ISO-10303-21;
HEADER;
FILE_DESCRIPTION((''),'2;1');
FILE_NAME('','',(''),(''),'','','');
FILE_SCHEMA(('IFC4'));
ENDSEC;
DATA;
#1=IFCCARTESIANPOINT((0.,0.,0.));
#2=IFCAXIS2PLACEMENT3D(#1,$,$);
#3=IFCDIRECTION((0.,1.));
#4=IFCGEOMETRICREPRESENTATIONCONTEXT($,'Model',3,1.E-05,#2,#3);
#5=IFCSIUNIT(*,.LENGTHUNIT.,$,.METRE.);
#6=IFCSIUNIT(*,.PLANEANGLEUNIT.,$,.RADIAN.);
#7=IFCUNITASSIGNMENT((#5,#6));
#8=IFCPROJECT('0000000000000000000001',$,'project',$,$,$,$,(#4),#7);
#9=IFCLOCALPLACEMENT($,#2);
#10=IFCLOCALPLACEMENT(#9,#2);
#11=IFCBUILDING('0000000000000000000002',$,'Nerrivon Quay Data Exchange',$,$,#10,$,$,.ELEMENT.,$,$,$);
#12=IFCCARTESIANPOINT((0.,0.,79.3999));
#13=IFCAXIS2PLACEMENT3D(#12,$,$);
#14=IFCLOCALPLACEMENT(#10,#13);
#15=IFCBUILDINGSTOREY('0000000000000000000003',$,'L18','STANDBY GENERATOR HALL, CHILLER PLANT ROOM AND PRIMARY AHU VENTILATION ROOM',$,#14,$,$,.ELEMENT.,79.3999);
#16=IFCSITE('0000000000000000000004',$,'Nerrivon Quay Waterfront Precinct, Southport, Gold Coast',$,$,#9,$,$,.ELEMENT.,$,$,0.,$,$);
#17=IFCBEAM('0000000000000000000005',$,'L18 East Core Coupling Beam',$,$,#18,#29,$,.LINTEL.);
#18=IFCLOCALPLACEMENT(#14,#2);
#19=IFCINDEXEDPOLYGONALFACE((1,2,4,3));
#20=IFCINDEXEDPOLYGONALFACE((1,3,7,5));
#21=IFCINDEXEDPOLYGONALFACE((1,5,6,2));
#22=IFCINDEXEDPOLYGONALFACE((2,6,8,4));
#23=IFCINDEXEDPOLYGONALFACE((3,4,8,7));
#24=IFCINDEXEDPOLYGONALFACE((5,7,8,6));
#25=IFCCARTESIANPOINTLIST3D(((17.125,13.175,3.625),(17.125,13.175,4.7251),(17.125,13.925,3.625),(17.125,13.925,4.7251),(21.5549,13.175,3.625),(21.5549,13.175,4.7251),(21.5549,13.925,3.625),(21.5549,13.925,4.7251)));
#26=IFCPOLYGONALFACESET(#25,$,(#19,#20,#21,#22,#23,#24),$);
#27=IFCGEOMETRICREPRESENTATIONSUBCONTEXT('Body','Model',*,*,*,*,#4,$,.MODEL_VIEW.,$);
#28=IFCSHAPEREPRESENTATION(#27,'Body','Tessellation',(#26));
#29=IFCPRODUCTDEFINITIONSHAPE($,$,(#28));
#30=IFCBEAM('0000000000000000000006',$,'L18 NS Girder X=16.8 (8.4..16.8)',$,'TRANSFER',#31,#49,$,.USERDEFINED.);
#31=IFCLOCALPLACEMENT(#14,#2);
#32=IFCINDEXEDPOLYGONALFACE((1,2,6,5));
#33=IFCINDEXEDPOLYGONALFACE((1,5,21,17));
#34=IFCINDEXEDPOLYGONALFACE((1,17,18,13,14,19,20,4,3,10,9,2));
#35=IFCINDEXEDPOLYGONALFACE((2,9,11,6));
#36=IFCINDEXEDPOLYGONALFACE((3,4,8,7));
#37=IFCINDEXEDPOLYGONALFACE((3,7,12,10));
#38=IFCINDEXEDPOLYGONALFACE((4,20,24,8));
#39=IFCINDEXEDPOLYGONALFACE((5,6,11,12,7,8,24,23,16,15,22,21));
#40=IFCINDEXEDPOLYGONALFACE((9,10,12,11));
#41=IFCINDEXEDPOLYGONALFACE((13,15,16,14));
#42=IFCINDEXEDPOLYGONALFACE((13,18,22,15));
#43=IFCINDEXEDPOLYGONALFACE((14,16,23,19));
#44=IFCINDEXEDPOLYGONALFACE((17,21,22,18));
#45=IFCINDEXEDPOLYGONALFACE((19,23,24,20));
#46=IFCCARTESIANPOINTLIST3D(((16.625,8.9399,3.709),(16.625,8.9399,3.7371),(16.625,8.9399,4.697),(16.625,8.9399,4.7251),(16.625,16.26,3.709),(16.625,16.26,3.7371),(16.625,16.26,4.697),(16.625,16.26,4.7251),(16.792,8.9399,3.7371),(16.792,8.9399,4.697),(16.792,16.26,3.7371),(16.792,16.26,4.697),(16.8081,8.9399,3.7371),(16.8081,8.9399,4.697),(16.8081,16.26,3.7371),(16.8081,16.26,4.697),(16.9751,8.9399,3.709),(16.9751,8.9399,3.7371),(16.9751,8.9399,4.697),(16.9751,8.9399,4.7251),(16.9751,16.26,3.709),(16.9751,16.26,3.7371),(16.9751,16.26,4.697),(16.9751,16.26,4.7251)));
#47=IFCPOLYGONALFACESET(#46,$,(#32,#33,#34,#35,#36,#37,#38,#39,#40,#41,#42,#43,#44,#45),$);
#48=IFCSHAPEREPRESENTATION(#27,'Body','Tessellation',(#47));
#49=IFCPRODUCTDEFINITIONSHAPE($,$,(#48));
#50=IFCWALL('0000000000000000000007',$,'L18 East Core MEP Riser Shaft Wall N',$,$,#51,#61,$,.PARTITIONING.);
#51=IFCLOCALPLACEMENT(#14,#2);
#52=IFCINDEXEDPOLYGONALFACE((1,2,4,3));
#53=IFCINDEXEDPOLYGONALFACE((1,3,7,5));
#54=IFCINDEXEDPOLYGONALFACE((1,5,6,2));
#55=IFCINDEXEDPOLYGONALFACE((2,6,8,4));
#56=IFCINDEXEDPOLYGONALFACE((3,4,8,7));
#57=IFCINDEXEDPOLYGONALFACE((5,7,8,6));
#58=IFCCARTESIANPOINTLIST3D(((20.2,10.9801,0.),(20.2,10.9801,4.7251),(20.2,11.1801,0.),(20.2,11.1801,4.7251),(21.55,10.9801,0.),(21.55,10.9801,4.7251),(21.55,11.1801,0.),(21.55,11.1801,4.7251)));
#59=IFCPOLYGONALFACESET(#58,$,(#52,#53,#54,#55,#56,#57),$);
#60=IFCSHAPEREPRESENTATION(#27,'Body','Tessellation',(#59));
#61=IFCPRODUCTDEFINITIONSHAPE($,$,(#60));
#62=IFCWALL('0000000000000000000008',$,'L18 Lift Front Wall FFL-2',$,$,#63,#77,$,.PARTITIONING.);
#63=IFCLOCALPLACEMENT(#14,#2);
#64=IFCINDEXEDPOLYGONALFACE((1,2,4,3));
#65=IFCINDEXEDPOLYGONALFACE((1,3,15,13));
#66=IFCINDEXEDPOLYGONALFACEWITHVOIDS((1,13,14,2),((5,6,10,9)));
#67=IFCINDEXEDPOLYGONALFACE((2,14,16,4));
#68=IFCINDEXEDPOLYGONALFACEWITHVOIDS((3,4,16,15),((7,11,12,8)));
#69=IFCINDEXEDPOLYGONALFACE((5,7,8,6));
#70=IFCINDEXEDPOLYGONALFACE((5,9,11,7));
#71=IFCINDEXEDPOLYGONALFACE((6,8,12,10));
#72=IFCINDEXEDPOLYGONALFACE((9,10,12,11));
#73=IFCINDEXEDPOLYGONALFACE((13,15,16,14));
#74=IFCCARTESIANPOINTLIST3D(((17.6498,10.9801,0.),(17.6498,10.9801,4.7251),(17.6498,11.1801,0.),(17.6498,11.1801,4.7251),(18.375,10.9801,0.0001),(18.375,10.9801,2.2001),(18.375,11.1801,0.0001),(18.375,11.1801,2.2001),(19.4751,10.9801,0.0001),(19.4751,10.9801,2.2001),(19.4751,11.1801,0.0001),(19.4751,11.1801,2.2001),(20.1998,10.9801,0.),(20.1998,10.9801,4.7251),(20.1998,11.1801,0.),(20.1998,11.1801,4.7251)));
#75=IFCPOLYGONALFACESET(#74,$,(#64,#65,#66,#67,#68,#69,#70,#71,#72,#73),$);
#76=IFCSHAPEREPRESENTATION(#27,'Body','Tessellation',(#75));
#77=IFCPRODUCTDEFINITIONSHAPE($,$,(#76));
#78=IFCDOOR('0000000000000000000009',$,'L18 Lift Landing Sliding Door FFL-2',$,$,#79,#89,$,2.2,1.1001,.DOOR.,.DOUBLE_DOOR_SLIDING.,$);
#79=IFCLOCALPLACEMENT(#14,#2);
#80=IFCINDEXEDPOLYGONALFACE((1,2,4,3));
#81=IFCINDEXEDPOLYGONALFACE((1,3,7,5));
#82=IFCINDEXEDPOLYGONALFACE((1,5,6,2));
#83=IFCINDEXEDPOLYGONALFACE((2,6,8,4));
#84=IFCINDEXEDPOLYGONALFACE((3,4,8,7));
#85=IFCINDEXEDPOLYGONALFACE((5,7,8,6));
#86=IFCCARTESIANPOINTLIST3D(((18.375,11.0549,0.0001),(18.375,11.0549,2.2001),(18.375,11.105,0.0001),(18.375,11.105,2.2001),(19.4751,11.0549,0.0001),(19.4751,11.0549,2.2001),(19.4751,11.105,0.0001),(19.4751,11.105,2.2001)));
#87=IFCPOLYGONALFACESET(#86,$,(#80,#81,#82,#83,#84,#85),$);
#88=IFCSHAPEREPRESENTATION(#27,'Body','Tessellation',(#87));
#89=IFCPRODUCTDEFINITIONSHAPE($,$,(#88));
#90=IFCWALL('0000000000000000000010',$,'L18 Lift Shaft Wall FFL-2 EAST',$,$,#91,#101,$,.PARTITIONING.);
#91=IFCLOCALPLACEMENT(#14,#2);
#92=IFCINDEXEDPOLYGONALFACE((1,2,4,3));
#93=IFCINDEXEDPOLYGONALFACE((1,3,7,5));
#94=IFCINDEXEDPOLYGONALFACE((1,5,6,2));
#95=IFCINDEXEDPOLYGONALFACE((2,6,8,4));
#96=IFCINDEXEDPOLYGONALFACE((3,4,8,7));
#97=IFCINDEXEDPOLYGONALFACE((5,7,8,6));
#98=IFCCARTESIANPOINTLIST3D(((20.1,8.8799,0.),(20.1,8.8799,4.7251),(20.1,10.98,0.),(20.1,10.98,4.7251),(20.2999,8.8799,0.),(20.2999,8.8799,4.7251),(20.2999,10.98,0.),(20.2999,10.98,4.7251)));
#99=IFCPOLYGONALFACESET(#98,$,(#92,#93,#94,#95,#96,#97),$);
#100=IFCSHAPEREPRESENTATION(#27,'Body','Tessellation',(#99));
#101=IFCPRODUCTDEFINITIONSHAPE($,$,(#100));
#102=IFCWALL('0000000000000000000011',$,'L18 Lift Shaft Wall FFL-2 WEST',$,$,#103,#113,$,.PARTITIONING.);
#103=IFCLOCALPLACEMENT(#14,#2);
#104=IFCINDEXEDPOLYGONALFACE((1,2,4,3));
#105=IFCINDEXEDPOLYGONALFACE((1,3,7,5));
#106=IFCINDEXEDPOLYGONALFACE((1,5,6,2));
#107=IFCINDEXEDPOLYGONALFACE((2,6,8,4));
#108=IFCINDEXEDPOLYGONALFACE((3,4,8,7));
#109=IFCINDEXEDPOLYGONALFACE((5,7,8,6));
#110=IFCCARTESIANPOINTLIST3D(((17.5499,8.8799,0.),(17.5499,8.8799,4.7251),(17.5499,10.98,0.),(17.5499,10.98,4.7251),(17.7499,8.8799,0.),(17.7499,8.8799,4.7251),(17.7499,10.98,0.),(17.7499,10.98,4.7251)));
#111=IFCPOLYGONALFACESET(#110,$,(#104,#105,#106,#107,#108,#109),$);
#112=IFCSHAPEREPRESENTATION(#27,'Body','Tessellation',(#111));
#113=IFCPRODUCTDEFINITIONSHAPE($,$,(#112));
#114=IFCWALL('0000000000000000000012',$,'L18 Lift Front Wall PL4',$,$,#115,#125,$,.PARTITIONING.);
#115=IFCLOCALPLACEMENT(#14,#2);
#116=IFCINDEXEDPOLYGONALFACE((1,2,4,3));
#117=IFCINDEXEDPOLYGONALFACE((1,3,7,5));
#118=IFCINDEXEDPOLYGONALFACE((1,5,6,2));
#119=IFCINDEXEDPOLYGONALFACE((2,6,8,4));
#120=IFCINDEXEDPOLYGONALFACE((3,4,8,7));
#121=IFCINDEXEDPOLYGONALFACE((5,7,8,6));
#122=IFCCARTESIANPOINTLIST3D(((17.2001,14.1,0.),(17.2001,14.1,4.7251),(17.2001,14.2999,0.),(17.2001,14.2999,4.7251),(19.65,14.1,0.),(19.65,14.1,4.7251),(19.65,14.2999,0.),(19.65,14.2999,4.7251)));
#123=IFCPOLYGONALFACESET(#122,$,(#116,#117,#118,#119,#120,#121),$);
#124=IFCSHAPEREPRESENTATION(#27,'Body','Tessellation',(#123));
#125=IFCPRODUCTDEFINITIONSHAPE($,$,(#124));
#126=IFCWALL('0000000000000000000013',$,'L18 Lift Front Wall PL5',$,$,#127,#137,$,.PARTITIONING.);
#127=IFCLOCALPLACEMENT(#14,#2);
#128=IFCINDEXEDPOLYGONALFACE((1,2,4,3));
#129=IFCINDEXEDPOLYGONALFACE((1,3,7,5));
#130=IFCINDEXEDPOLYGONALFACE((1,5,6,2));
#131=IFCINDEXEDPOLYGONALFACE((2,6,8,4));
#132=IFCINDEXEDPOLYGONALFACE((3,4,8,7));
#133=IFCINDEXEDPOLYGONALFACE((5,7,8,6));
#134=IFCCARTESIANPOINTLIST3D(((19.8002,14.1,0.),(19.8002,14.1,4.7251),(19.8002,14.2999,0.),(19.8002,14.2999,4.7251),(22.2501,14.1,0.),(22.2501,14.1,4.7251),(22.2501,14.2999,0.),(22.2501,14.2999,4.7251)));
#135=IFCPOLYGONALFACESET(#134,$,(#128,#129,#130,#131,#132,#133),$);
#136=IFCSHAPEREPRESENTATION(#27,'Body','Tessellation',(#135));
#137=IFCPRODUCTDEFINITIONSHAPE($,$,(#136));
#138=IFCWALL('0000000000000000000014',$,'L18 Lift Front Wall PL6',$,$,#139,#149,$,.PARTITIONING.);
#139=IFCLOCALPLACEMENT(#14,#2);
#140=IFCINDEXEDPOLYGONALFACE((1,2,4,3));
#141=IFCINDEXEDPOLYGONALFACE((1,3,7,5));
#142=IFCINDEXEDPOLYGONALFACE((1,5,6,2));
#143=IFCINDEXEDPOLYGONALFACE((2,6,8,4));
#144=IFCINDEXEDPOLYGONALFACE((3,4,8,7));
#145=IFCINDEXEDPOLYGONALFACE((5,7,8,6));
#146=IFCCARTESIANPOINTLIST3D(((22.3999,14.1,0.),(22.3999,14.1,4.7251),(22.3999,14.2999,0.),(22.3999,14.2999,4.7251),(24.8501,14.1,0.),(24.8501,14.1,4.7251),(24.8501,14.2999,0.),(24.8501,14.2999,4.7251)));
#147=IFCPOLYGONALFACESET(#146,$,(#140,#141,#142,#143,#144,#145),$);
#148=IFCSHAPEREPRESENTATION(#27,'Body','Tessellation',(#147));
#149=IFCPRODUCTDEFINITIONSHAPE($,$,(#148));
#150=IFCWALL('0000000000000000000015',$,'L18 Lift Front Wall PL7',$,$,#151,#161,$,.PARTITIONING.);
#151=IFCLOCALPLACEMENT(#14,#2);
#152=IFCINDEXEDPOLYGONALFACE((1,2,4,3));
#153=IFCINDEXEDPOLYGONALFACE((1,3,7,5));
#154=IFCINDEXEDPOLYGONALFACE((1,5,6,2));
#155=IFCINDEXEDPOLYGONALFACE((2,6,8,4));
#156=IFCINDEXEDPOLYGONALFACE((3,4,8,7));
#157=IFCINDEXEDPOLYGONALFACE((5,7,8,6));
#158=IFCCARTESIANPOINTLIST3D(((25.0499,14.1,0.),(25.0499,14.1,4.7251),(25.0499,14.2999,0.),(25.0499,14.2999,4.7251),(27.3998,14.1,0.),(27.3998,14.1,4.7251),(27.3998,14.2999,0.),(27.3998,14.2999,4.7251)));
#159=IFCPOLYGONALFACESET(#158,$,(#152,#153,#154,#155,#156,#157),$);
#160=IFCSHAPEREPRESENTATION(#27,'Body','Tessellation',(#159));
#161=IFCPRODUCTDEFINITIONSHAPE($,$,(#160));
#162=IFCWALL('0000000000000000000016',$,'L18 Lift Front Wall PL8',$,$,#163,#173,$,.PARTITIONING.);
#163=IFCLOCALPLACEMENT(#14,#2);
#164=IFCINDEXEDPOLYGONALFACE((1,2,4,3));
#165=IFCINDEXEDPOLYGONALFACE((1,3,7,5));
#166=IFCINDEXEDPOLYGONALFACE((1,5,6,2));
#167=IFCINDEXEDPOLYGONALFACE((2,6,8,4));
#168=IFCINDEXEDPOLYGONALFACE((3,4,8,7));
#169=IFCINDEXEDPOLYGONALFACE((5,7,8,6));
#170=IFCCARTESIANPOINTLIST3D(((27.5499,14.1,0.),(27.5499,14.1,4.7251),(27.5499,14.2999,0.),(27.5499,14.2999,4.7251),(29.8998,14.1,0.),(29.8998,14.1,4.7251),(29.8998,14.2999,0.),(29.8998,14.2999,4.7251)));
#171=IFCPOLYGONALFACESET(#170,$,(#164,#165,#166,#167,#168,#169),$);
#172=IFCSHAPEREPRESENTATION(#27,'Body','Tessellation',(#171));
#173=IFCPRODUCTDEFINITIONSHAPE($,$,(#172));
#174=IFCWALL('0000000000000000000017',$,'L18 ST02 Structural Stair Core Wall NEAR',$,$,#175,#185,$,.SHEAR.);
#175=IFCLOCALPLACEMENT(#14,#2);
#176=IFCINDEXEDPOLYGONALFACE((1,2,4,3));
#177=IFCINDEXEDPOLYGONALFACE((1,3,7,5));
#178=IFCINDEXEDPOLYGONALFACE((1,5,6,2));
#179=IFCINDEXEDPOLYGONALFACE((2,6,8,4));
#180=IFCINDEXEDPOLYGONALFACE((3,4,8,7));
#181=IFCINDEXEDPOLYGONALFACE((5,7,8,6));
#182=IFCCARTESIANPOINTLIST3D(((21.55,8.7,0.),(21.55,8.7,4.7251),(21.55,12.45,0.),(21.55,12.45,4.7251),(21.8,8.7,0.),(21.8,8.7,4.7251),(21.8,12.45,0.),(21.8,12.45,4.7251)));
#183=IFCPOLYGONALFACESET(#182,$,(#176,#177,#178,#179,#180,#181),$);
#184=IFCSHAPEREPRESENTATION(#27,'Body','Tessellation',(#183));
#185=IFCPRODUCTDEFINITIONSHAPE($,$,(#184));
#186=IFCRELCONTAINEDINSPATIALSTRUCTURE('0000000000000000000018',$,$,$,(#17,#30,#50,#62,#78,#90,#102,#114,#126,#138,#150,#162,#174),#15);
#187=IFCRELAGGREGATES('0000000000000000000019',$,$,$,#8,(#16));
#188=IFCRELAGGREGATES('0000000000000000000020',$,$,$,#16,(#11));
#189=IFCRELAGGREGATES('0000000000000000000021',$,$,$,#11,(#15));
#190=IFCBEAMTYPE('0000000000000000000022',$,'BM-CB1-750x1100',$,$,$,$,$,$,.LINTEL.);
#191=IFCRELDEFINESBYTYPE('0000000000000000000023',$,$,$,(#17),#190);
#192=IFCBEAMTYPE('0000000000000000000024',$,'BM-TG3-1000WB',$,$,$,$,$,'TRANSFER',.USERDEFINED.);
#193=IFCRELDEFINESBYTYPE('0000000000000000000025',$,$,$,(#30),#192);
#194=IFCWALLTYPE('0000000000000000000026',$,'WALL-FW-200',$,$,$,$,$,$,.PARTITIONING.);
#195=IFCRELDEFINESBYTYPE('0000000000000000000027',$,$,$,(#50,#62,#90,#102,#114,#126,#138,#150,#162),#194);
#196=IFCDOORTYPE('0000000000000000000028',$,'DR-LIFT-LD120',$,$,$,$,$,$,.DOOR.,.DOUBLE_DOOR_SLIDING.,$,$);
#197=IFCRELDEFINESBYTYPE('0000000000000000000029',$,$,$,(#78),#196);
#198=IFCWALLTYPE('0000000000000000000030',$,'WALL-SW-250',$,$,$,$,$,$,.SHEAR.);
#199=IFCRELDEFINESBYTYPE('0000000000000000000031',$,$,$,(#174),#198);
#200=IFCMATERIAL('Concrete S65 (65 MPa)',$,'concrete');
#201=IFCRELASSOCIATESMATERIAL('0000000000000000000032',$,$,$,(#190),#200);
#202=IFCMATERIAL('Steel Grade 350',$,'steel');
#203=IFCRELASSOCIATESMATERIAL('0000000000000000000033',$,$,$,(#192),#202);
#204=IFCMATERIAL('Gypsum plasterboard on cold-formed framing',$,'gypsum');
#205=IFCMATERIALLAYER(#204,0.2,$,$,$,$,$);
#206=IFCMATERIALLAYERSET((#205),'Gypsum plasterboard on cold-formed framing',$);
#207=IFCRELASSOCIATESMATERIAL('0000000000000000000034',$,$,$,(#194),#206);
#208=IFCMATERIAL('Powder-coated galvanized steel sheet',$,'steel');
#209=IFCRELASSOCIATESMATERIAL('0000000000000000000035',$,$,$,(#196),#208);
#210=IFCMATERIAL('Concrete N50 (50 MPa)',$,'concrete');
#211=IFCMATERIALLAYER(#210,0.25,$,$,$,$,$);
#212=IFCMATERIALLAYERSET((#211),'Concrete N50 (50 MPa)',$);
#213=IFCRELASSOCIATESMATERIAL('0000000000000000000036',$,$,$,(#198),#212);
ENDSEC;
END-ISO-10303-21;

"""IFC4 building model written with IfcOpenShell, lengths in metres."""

from ifc_helpers import new_model, si_unit, direction, frame, frame_2d, origin, origin_2d, place, context, subcontext, project, spatial, rectangle, i_section, extrude, material, layer, layer_set, material_profile, profile_set, type_object, element, fill, save


model = new_model("IFC4")

# Units and contexts
model_context = context("Model", 3, precision=1e-05, world=origin(), true_north=direction((0.0, 1.0)))
body_context = subcontext(model_context, "Body", "Model", "MODEL_VIEW")
ifc_project = project(units=[si_unit("LENGTHUNIT", "METRE"), si_unit("PLANEANGLEUNIT", "RADIAN")], contexts=[model_context])

# Site, building, storey
site_placement = place(None, origin())
site = spatial("IfcSite", under=ifc_project, at=site_placement, Name="Nerrivon Quay Waterfront Precinct, Southport, Gold Coast", CompositionType="ELEMENT", RefElevation=0.0)
building_placement = place(site_placement, origin())
building = spatial("IfcBuilding", under=site, at=building_placement, Name="Nerrivon Quay Data Exchange", CompositionType="ELEMENT")
storey_placement = place(building_placement, frame((0.0, 0.0, 79.3999)))
storey = spatial("IfcBuildingStorey", under=building, at=storey_placement, Name="L18", Description="STANDBY GENERATOR HALL, CHILLER PLANT ROOM AND PRIMARY AHU VENTILATION ROOM", CompositionType="ELEMENT", Elevation=79.3999)

# Beams
ifc_material_1 = material(Name="Concrete S65 (65 MPa)", Category="concrete")
ifc_material_profile_1 = material_profile(ifc_material_1, rectangle(XDim=0.75, YDim=1.1001, at=origin_2d()), Name="RC-CB-750x1100")
ifc_profile_set_1 = profile_set([ifc_material_profile_1], Name="Concrete S65 (65 MPa)")
beam_type_1 = type_object("IfcBeamType", Name="BM-CB1-750x1100", PredefinedType="LINTEL", material=ifc_profile_set_1)
beam_1_placement = place(storey_placement, frame((17.125, 13.55, 4.175), z_axis=(1.0, 0.0, 0.0), x_axis=(0.0, 1.0, 0.0)))
element("IfcBeam", 1, at=beam_1_placement, inside=storey, type_object=beam_type_1, Name="L18 East Core Coupling Beam", PredefinedType="LINTEL", context=body_context, shape_type="SweptSolid", body=[
    extrude(rectangle(XDim=0.75, YDim=1.1001, at=origin_2d()), origin(), (0.0, 0.0, 1.0), 4.4299),
])
ifc_material_2 = material(Name="Steel Grade 350", Category="steel")
ifc_material_profile_2 = material_profile(ifc_material_2, i_section(OverallWidth=0.3501, OverallDepth=1.0161, WebThickness=0.0161, FlangeThickness=0.0281, at=origin_2d()), Name="1000WB258")
ifc_profile_set_2 = profile_set([ifc_material_profile_2], Name="Steel Grade 350")
beam_type_2 = type_object("IfcBeamType", Name="BM-TG3-1000WB", ElementType="TRANSFER", PredefinedType="USERDEFINED", material=ifc_profile_set_2)
beam_2_placement = place(storey_placement, frame((16.8, 8.9399, 4.217), z_axis=(0.0, 1.0, 0.0), x_axis=(-1.0, 0.0, 0.0)))
element("IfcBeam", 2, at=beam_2_placement, inside=storey, type_object=beam_type_2, Name="L18 NS Girder X=16.8 (8.4..16.8)", ObjectType="TRANSFER", PredefinedType="USERDEFINED", context=body_context, shape_type="SweptSolid", body=[
    extrude(i_section(OverallWidth=0.3501, OverallDepth=1.0161, WebThickness=0.0161, FlangeThickness=0.0281, at=origin_2d()), origin(), (0.0, 0.0, 1.0), 7.3201),
])

# Shared definitions
ifc_material_3 = material(Name="Powder-coated galvanized steel sheet", Category="steel")

# Wall
ifc_material_4 = material(Name="Gypsum plasterboard on cold-formed framing", Category="gypsum")
ifc_layer_1 = layer(ifc_material_4, 0.2)
ifc_layer_set_1 = layer_set([ifc_layer_1], Name="Gypsum plasterboard on cold-formed framing")
wall_type_1 = type_object("IfcWallType", Name="WALL-FW-200", PredefinedType="PARTITIONING", material=ifc_layer_set_1)
wall_1_placement = place(storey_placement, frame((20.2, 11.0801, 0.0), z_axis=(0.0, 0.0, 1.0), x_axis=(1.0, 0.0, 0.0)))
element("IfcWall", 3, at=wall_1_placement, inside=storey, type_object=wall_type_1, Name="L18 East Core MEP Riser Shaft Wall N", PredefinedType="PARTITIONING", context=body_context, shape_type="SweptSolid", body=[
    extrude(rectangle(XDim=1.3501, YDim=0.2, at=frame_2d((0.675, 0.0))), origin(), (0.0, 0.0, 1.0), 4.7251),
])

# Wall, opening, door
wall_2_placement = place(storey_placement, frame((17.6499, 11.0801, 0.0), z_axis=(0.0, 0.0, 1.0), x_axis=(1.0, 0.0, 0.0)))
wall_2 = element("IfcWall", 4, at=wall_2_placement, inside=storey, type_object=wall_type_1, Name="L18 Lift Front Wall FFL-2", PredefinedType="PARTITIONING", context=body_context, shape_type="SweptSolid", body=[
    extrude(rectangle(XDim=2.55, YDim=0.2, at=frame_2d((1.2749, 0.0))), origin(), (0.0, 0.0, 1.0), 4.7251),
])
opening_1_placement = place(wall_2_placement, frame((0.7251, 0.0, 0.0)))
opening_1 = element("IfcOpeningElement", 5, at=opening_1_placement, cuts=wall_2, PredefinedType="OPENING", context=body_context, shape_type="SweptSolid", body=[
    extrude(rectangle(XDim=1.1001, YDim=2.2, at=frame_2d((0.55, 1.1001))), frame((0.0, 0.1099, 0.0), z_axis=(0.0, -1.0, 0.0), x_axis=(1.0, 0.0, 0.0)), (0.0, 0.0, 1.0), 0.22),
])
door_type_1 = type_object("IfcDoorType", Name="DR-LIFT-LD120", OperationType="DOUBLE_DOOR_SLIDING", PredefinedType="DOOR", material=ifc_material_3)
door_1_placement = place(opening_1_placement, origin())
door_1 = element("IfcDoor", 6, at=door_1_placement, inside=storey, type_object=door_type_1, Name="L18 Lift Landing Sliding Door FFL-2", OperationType="DOUBLE_DOOR_SLIDING", OverallHeight=2.2, OverallWidth=1.1001, PredefinedType="DOOR", context=body_context, shape_type="SweptSolid", body=[
    extrude(rectangle(XDim=1.1001, YDim=2.2, at=frame_2d((0.55, 1.1001))), frame((0.0, 0.0249, 0.0), z_axis=(0.0, -1.0, 0.0), x_axis=(1.0, 0.0, 0.0)), (0.0, 0.0, 1.0), 0.05),
])
fill(opening_1, door_1)

# Walls
for number, where, z_axis, x_axis, name in (
    (7, (20.2, 8.8799, 0.0), (0.0, 0.0, 1.0), (0.0, 1.0, 0.0), "L18 Lift Shaft Wall FFL-2 EAST"),
    (8, (17.6499, 8.8799, 0.0), (0.0, 0.0, 1.0), (0.0, 1.0, 0.0), "L18 Lift Shaft Wall FFL-2 WEST"),
):
    element("IfcWall", number, at=place(storey_placement, frame(where, z_axis=z_axis, x_axis=x_axis)), inside=storey, type_object=wall_type_1, Name=name, PredefinedType="PARTITIONING", context=body_context, shape_type="SweptSolid", body=[
        extrude(rectangle(XDim=2.1001, YDim=0.2, at=frame_2d((1.05, 0.0))), origin(), (0.0, 0.0, 1.0), 4.7251),
    ])
for number, where, z_axis, x_axis, name in (
    (9, (17.2, 14.2, 0.0), (0.0, 0.0, 1.0), (1.0, 0.0, 0.0), "L18 Lift Front Wall PL4"),
    (10, (19.8, 14.2, 0.0), (0.0, 0.0, 1.0), (1.0, 0.0, 0.0), "L18 Lift Front Wall PL5"),
):
    element("IfcWall", number, at=place(storey_placement, frame(where, z_axis=z_axis, x_axis=x_axis)), inside=storey, type_object=wall_type_1, Name=name, PredefinedType="PARTITIONING", context=body_context, shape_type="SweptSolid", body=[
        extrude(rectangle(XDim=2.45, YDim=0.2, at=frame_2d((1.2251, 0.0))), origin(), (0.0, 0.0, 1.0), 4.7251),
    ])
wall_3_placement = place(storey_placement, frame((22.3999, 14.2, 0.0), z_axis=(0.0, 0.0, 1.0), x_axis=(1.0, 0.0, 0.0)))
element("IfcWall", 11, at=wall_3_placement, inside=storey, type_object=wall_type_1, Name="L18 Lift Front Wall PL6", PredefinedType="PARTITIONING", context=body_context, shape_type="SweptSolid", body=[
    extrude(rectangle(XDim=2.4502, YDim=0.2, at=frame_2d((1.2251, 0.0))), origin(), (0.0, 0.0, 1.0), 4.7251),
])
for number, where, z_axis, x_axis, name in (
    (12, (25.05, 14.2, 0.0), (0.0, 0.0, 1.0), (1.0, 0.0, 0.0), "L18 Lift Front Wall PL7"),
    (13, (27.55, 14.2, 0.0), (0.0, 0.0, 1.0), (1.0, 0.0, 0.0), "L18 Lift Front Wall PL8"),
):
    element("IfcWall", number, at=place(storey_placement, frame(where, z_axis=z_axis, x_axis=x_axis)), inside=storey, type_object=wall_type_1, Name=name, PredefinedType="PARTITIONING", context=body_context, shape_type="SweptSolid", body=[
        extrude(rectangle(XDim=2.3499, YDim=0.2, at=frame_2d((1.1748, 0.0))), origin(), (0.0, 0.0, 1.0), 4.7251),
    ])
ifc_material_5 = material(Name="Concrete N50 (50 MPa)", Category="concrete")
ifc_layer_2 = layer(ifc_material_5, 0.25)
ifc_layer_set_2 = layer_set([ifc_layer_2], Name="Concrete N50 (50 MPa)")
wall_type_2 = type_object("IfcWallType", Name="WALL-SW-250", PredefinedType="SHEAR", material=ifc_layer_set_2)
wall_4_placement = place(storey_placement, frame((21.675, 8.7, 0.0), z_axis=(0.0, 0.0, 1.0), x_axis=(0.0, 1.0, 0.0)))
element("IfcWall", 14, at=wall_4_placement, inside=storey, type_object=wall_type_2, Name="L18 ST02 Structural Stair Core Wall NEAR", PredefinedType="SHEAR", context=body_context, shape_type="SweptSolid", body=[
    extrude(rectangle(XDim=3.75, YDim=0.25, at=frame_2d((1.875, 0.0))), origin(), (0.0, 0.0, 1.0), 4.7251),
])

save(model, "model.ifc")
